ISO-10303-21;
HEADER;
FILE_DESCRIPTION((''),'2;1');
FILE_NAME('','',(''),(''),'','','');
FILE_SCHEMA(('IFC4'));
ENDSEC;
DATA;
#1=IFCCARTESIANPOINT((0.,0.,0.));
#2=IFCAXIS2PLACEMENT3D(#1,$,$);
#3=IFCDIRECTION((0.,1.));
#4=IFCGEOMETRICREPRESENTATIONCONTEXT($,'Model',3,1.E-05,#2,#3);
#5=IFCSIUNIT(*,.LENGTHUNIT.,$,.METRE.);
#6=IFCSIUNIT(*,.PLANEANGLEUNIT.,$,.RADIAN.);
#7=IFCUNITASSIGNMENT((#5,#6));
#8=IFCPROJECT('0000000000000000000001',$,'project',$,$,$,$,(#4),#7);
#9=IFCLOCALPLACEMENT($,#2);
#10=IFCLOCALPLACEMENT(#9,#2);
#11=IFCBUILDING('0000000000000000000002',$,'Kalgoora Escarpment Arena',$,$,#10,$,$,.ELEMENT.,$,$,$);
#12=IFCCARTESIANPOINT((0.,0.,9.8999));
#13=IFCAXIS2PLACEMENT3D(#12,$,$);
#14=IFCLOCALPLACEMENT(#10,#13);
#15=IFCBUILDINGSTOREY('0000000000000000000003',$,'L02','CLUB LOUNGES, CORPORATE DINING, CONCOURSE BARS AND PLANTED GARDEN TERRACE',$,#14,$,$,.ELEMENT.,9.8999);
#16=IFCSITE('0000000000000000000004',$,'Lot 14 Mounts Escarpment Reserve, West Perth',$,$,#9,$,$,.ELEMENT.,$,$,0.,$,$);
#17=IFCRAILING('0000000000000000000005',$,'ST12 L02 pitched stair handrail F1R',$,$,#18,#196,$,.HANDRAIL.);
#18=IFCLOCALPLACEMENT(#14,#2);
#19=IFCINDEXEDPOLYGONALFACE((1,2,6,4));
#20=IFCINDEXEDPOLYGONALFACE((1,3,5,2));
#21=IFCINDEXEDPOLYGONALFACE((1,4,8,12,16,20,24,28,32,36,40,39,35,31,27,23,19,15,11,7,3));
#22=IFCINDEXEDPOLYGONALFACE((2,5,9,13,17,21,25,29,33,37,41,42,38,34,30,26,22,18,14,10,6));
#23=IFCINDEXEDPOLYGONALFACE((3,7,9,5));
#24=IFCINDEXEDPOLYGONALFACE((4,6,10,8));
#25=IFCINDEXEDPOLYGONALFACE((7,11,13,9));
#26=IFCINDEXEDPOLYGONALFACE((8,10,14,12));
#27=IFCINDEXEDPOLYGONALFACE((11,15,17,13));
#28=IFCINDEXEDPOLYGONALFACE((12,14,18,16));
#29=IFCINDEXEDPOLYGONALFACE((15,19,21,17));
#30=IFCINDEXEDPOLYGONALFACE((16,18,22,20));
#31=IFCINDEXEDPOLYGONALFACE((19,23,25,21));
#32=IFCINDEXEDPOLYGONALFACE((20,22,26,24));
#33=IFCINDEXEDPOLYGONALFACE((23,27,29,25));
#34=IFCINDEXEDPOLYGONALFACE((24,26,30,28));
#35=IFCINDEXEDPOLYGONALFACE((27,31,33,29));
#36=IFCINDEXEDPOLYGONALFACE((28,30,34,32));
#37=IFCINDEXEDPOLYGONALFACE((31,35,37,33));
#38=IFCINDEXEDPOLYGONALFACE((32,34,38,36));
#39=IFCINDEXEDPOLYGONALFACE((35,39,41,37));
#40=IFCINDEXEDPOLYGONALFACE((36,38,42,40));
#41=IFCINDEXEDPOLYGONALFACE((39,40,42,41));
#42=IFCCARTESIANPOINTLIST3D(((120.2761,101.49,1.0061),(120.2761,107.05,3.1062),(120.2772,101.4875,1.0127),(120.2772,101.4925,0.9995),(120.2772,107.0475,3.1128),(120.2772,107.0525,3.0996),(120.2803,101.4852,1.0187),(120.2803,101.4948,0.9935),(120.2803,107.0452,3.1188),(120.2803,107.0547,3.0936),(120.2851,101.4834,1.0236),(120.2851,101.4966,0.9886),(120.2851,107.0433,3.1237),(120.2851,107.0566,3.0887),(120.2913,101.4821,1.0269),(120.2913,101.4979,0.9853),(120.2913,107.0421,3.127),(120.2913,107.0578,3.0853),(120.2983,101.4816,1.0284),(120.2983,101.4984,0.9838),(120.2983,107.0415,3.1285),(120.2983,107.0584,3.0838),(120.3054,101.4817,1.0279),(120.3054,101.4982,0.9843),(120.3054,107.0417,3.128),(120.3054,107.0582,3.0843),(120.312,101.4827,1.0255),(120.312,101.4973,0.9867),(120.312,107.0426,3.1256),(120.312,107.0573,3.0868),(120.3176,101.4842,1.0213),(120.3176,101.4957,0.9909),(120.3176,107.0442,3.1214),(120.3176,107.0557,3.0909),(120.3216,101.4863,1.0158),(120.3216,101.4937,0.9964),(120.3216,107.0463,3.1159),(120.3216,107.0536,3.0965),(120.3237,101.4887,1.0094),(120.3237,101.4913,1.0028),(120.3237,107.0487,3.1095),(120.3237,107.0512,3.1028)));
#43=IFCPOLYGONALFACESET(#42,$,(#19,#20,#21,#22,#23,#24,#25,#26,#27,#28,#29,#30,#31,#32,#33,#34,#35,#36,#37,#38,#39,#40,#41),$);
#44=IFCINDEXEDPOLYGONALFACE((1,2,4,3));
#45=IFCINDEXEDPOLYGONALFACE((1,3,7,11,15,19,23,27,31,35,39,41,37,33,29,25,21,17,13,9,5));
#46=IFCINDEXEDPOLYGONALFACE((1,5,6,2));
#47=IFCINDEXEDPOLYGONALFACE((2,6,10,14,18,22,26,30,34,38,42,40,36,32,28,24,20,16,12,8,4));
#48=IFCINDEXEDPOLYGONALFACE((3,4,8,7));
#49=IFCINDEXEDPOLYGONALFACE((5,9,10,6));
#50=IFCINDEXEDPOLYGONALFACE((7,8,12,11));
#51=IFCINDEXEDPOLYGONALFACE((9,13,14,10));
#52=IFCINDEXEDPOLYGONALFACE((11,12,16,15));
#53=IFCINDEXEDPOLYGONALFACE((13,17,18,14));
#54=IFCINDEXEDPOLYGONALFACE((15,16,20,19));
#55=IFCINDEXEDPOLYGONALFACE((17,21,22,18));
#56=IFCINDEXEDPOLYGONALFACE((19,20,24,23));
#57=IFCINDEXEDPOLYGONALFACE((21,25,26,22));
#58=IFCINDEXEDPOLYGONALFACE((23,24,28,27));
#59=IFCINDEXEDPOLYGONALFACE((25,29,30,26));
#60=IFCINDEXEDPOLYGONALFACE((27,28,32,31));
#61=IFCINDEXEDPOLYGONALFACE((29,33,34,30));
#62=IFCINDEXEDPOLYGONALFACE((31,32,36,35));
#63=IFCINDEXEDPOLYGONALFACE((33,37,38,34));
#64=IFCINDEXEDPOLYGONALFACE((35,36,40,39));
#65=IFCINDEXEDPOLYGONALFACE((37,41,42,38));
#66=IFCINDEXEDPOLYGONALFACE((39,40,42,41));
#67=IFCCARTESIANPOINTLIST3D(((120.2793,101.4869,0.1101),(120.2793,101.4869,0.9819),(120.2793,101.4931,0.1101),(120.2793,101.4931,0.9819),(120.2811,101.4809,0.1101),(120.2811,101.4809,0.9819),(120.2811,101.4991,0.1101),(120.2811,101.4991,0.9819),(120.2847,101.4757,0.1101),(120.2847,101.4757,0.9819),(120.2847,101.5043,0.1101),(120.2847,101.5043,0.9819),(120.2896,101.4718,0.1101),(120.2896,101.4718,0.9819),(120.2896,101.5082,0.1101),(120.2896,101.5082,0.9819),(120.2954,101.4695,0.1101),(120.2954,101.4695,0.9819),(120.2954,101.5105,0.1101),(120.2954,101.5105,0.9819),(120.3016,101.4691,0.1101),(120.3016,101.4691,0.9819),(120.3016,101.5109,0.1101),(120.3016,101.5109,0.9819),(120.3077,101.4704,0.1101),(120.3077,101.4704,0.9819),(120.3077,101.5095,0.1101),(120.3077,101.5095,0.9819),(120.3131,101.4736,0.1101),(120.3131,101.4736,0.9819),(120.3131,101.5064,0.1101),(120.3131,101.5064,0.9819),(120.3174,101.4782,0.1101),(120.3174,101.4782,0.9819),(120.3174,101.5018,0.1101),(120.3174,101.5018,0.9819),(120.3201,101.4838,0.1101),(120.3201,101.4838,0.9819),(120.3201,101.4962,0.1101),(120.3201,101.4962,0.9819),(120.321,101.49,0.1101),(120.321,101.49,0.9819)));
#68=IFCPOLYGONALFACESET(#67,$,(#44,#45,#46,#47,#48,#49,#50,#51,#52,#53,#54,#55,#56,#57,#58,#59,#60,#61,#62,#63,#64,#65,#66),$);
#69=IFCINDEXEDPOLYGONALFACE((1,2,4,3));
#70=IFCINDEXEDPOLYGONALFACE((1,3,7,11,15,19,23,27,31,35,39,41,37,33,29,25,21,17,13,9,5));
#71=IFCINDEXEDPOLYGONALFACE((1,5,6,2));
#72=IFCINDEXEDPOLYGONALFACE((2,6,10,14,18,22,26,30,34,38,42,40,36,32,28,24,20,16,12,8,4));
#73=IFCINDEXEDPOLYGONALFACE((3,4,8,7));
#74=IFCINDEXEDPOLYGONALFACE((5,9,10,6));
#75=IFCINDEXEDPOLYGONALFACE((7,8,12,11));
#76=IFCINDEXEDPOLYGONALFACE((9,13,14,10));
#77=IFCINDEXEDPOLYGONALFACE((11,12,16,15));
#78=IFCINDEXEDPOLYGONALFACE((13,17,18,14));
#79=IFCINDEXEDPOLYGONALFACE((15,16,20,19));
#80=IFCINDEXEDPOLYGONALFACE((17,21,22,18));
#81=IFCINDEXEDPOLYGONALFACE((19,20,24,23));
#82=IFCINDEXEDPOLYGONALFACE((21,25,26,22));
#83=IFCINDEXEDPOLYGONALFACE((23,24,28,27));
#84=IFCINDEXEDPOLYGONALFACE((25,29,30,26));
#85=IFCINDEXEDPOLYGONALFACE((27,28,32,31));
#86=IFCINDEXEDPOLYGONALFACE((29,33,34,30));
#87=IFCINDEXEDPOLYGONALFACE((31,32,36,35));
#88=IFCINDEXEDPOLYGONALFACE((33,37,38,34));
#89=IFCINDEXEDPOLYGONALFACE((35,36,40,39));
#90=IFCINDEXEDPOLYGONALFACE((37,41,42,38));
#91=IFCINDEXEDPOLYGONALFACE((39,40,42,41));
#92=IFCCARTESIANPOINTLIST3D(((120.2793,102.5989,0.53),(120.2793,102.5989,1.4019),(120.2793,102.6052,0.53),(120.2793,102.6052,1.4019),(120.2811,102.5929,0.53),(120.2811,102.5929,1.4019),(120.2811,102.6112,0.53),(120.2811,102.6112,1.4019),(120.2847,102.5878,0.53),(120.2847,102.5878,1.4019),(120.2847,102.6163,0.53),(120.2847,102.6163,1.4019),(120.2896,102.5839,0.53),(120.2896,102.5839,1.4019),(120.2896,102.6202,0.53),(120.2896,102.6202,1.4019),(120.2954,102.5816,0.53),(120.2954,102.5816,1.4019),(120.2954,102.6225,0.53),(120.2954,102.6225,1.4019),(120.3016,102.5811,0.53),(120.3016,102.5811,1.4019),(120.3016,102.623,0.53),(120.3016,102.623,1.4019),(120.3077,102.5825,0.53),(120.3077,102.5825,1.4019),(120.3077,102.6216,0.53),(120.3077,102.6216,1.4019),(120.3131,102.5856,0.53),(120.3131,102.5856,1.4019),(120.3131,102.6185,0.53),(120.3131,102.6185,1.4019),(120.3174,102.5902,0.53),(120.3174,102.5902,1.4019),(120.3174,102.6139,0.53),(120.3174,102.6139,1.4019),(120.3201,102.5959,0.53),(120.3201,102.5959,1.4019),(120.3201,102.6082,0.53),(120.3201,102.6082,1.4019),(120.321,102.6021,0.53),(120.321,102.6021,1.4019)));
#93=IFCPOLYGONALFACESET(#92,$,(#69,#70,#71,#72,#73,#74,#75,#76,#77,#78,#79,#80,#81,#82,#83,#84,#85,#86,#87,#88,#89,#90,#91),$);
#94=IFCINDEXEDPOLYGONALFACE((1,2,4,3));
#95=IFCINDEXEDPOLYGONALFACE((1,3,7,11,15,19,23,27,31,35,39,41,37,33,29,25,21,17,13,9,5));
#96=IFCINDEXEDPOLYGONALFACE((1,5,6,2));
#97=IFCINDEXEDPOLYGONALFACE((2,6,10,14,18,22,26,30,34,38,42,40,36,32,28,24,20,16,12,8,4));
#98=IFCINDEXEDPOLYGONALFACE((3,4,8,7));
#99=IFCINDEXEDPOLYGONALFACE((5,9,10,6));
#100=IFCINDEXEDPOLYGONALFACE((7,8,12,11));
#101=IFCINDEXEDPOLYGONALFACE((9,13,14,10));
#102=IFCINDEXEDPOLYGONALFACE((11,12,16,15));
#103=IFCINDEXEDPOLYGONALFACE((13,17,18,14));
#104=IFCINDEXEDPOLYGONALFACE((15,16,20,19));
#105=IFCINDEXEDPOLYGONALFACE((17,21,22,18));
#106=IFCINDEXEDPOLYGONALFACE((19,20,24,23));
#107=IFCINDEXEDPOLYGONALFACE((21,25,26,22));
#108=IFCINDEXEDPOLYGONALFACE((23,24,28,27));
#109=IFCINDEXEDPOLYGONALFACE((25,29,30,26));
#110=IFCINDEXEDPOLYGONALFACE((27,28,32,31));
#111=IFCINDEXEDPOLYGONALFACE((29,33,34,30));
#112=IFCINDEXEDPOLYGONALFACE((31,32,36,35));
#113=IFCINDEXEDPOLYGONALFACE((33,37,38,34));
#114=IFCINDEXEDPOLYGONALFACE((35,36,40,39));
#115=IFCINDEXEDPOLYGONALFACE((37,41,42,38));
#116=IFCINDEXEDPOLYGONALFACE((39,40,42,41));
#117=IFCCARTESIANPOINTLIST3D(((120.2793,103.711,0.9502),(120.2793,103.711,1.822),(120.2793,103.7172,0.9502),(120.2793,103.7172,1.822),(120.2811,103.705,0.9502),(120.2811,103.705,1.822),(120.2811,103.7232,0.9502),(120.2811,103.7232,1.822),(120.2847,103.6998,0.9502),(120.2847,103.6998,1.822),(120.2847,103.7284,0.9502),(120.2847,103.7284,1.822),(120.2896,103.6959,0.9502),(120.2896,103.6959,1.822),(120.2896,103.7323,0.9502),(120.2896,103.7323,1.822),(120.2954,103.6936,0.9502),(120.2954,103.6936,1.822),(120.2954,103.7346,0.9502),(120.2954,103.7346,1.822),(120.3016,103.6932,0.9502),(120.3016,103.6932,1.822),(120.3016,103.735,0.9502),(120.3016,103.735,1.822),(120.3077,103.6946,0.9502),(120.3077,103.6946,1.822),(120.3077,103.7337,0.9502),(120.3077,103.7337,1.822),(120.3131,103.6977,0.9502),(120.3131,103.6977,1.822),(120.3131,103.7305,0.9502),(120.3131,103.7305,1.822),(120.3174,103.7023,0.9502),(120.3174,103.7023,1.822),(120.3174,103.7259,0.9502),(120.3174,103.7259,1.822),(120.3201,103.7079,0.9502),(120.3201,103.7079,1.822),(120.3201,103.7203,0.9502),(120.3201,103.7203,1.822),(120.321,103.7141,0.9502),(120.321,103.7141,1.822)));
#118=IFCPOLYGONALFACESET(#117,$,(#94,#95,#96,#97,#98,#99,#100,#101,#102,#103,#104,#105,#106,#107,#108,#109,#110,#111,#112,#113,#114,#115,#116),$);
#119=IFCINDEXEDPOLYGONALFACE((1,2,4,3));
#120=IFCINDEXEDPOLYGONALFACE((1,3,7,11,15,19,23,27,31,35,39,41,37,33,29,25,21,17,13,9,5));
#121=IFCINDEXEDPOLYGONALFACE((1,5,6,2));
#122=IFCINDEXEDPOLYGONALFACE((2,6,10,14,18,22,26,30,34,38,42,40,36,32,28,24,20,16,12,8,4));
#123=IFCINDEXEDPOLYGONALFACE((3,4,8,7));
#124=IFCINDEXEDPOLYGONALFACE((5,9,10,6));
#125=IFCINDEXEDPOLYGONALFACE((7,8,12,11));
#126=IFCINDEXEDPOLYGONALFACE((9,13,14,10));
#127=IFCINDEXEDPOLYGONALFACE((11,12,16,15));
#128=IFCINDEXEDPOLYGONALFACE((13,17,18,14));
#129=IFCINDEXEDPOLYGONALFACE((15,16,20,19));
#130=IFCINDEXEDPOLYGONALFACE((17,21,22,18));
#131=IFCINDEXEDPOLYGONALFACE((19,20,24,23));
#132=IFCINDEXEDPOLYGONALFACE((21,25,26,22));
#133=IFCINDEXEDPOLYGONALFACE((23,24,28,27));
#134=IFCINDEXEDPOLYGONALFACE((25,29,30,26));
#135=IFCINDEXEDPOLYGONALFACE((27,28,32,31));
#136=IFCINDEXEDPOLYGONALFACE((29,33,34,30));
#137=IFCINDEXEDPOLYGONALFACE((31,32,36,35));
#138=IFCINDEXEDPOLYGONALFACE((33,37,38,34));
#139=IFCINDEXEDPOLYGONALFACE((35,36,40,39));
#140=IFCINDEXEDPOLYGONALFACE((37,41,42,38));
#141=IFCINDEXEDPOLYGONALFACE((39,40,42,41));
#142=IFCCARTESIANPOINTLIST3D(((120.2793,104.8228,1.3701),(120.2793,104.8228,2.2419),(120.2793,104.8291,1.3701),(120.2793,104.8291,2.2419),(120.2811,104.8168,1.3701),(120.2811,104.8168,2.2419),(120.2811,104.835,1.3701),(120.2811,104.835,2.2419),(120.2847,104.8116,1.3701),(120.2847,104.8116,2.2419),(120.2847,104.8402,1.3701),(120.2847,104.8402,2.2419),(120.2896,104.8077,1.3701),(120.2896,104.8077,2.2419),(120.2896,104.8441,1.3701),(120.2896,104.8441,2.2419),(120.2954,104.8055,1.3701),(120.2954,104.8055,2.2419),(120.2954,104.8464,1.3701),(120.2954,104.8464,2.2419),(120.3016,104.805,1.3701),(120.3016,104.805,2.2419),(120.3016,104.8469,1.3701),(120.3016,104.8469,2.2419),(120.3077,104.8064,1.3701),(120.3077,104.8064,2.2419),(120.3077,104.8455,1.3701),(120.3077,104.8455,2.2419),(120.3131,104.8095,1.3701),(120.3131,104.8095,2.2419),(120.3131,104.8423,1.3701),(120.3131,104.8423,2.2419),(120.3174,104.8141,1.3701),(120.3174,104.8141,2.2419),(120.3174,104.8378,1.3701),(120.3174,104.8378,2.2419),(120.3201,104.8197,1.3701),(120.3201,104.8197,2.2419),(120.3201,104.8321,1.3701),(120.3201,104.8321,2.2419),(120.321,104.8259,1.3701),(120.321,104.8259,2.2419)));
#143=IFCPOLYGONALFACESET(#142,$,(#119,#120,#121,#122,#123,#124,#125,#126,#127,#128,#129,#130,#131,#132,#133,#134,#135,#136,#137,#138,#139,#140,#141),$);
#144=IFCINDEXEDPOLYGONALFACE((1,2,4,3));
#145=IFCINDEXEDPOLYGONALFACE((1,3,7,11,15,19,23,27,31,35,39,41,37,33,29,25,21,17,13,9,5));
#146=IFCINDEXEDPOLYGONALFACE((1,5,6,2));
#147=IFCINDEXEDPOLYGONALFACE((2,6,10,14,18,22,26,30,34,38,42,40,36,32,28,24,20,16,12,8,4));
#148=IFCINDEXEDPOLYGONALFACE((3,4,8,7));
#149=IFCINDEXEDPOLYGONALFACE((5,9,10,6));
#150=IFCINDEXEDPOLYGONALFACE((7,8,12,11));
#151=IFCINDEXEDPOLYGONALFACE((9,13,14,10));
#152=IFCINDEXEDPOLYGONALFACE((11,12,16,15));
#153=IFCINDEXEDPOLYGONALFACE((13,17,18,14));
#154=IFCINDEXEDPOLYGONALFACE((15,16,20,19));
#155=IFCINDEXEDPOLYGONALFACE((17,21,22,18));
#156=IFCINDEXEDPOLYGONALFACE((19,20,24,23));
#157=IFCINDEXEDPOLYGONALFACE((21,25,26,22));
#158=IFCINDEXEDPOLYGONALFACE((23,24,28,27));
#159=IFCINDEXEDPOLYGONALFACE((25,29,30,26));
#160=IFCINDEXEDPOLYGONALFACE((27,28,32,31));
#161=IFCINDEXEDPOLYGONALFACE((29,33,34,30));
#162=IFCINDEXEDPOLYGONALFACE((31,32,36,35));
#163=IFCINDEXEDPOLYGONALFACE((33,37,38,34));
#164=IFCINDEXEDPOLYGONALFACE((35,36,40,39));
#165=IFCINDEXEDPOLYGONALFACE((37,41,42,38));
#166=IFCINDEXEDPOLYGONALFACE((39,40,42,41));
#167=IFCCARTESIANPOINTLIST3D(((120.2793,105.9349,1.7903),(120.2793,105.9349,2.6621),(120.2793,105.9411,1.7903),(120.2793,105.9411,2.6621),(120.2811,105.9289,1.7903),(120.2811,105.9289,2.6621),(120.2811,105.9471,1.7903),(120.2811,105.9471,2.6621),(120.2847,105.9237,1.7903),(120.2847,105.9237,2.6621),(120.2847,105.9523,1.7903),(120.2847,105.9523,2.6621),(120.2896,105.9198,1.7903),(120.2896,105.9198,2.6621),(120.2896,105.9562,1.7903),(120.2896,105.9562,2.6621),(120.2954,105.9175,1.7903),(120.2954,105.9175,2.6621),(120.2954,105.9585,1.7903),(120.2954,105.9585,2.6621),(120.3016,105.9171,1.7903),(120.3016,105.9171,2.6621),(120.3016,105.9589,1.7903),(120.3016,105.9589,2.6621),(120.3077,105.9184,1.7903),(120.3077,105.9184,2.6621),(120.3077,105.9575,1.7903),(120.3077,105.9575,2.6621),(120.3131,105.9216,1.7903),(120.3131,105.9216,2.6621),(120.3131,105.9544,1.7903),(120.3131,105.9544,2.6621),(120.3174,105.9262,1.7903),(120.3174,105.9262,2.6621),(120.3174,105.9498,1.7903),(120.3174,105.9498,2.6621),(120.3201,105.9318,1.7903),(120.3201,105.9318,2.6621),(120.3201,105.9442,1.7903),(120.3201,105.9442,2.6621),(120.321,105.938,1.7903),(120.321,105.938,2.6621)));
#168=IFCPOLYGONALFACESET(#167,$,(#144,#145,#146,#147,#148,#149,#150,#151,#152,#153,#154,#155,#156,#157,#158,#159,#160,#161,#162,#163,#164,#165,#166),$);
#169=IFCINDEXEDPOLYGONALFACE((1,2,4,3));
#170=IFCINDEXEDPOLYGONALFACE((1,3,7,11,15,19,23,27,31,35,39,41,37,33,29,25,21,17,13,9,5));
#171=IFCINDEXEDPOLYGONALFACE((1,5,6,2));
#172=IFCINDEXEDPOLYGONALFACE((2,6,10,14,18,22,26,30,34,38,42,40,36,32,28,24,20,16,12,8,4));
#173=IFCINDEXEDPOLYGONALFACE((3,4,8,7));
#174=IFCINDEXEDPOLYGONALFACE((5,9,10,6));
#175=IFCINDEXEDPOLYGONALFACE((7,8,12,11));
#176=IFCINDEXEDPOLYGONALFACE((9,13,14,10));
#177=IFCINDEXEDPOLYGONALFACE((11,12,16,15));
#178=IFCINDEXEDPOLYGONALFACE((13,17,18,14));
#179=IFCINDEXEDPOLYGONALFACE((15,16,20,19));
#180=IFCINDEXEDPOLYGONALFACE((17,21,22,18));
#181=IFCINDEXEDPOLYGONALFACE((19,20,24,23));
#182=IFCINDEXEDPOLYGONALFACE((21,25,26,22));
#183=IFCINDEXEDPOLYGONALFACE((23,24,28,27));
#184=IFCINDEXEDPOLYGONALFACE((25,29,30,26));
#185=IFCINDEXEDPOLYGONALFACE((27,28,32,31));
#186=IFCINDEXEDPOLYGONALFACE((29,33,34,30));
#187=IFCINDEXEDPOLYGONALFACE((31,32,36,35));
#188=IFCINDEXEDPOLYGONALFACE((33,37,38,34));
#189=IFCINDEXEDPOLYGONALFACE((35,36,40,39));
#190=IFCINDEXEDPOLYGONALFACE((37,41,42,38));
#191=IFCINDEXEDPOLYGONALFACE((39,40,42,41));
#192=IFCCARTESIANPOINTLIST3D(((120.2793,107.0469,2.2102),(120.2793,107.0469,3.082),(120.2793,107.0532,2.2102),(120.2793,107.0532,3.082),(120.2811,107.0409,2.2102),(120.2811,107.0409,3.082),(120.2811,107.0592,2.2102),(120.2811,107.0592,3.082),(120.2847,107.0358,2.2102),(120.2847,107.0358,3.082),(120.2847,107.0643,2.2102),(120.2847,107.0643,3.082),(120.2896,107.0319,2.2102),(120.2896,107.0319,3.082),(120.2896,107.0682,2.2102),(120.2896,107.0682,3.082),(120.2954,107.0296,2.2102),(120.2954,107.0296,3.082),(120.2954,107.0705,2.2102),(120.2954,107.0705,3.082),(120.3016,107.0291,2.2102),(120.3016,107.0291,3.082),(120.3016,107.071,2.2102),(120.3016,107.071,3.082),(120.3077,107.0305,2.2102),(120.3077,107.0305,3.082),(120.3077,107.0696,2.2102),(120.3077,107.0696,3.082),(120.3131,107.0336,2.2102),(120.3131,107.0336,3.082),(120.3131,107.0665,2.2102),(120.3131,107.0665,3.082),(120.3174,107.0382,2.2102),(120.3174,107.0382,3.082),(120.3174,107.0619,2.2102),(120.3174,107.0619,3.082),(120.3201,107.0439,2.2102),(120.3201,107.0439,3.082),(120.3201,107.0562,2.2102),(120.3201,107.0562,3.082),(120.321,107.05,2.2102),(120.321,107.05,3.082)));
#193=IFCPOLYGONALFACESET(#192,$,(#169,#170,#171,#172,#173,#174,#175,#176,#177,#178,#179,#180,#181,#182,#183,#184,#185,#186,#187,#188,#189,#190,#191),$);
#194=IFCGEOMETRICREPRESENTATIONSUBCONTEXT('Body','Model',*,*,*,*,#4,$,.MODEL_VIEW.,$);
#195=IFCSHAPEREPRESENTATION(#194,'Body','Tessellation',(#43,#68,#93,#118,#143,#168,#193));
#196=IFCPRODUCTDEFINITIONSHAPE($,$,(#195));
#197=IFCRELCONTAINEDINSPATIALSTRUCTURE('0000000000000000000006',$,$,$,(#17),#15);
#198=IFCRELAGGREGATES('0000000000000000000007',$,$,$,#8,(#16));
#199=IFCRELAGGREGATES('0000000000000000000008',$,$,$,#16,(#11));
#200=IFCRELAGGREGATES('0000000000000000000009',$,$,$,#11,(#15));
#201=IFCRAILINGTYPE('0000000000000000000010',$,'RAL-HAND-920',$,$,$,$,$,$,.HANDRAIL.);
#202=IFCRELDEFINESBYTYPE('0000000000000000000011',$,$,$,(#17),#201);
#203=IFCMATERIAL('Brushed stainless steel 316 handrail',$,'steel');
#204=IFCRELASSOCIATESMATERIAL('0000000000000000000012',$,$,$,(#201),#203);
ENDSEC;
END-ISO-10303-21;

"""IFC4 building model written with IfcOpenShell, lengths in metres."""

from ifc_helpers import new_model, si_unit, direction, frame, origin, origin_2d, place, context, subcontext, project, spatial, circle, extrude, material, type_object, element, save


model = new_model("IFC4")

# Units and contexts
model_context = context("Model", 3, precision=1e-05, world=origin(), true_north=direction((0.0, 1.0)))
body_context = subcontext(model_context, "Body", "Model", "MODEL_VIEW")
ifc_project = project(units=[si_unit("LENGTHUNIT", "METRE"), si_unit("PLANEANGLEUNIT", "RADIAN")], contexts=[model_context])

# Site, building, storey
site_placement = place(None, origin())
site = spatial("IfcSite", under=ifc_project, at=site_placement, Name="Lot 14 Mounts Escarpment Reserve, West Perth", CompositionType="ELEMENT", RefElevation=0.0)
building_placement = place(site_placement, origin())
building = spatial("IfcBuilding", under=site, at=building_placement, Name="Kalgoora Escarpment Arena", CompositionType="ELEMENT")
storey_placement = place(building_placement, frame((0.0, 0.0, 9.8999)))
storey = spatial("IfcBuildingStorey", under=building, at=storey_placement, Name="L02", Description="CLUB LOUNGES, CORPORATE DINING, CONCOURSE BARS AND PLANTED GARDEN TERRACE", CompositionType="ELEMENT", Elevation=9.8999)

# Railing
ifc_material_1 = material(Name="Brushed stainless steel 316 handrail", Category="steel")
railing_type_1 = type_object("IfcRailingType", Name="RAL-HAND-920", PredefinedType="HANDRAIL", material=ifc_material_1)
for number, where, name in (
    (1, (120.3, 101.49, 0.1101), "ST12 L02 pitched stair handrail F1R"),
):
    element("IfcRailing", number, at=place(storey_placement, frame(where)), inside=storey, type_object=railing_type_1, Name=name, PredefinedType="HANDRAIL", context=body_context, shape_type="SweptSolid", body=[
        extrude(circle(Radius=0.0239, at=origin_2d()), frame((0.0, 0.0, 0.896), z_axis=(0.0, 0.935493, 0.353346), x_axis=(-1.0, 0.0, 0.0)), (0.0, 0.0, 1.0), 5.9434),
        extrude(circle(Radius=0.021, at=origin_2d()), origin(), (0.0, 0.0, 1.0), 0.8718),
        extrude(circle(Radius=0.021, at=origin_2d()), frame((0.0, 1.1121, 0.4199)), (0.0, 0.0, 1.0), 0.8718),
        extrude(circle(Radius=0.021, at=origin_2d()), frame((0.0, 2.2241, 0.8401)), (0.0, 0.0, 1.0), 0.8718),
        extrude(circle(Radius=0.021, at=origin_2d()), frame((0.0, 3.3359, 1.26)), (0.0, 0.0, 1.0), 0.8718),
        extrude(circle(Radius=0.021, at=origin_2d()), frame((0.0, 4.448, 1.6802)), (0.0, 0.0, 1.0), 0.8718),
        extrude(circle(Radius=0.021, at=origin_2d()), frame((0.0, 5.5601, 2.1001)), (0.0, 0.0, 1.0), 0.8718),
    ])

save(model, "model.ifc")
